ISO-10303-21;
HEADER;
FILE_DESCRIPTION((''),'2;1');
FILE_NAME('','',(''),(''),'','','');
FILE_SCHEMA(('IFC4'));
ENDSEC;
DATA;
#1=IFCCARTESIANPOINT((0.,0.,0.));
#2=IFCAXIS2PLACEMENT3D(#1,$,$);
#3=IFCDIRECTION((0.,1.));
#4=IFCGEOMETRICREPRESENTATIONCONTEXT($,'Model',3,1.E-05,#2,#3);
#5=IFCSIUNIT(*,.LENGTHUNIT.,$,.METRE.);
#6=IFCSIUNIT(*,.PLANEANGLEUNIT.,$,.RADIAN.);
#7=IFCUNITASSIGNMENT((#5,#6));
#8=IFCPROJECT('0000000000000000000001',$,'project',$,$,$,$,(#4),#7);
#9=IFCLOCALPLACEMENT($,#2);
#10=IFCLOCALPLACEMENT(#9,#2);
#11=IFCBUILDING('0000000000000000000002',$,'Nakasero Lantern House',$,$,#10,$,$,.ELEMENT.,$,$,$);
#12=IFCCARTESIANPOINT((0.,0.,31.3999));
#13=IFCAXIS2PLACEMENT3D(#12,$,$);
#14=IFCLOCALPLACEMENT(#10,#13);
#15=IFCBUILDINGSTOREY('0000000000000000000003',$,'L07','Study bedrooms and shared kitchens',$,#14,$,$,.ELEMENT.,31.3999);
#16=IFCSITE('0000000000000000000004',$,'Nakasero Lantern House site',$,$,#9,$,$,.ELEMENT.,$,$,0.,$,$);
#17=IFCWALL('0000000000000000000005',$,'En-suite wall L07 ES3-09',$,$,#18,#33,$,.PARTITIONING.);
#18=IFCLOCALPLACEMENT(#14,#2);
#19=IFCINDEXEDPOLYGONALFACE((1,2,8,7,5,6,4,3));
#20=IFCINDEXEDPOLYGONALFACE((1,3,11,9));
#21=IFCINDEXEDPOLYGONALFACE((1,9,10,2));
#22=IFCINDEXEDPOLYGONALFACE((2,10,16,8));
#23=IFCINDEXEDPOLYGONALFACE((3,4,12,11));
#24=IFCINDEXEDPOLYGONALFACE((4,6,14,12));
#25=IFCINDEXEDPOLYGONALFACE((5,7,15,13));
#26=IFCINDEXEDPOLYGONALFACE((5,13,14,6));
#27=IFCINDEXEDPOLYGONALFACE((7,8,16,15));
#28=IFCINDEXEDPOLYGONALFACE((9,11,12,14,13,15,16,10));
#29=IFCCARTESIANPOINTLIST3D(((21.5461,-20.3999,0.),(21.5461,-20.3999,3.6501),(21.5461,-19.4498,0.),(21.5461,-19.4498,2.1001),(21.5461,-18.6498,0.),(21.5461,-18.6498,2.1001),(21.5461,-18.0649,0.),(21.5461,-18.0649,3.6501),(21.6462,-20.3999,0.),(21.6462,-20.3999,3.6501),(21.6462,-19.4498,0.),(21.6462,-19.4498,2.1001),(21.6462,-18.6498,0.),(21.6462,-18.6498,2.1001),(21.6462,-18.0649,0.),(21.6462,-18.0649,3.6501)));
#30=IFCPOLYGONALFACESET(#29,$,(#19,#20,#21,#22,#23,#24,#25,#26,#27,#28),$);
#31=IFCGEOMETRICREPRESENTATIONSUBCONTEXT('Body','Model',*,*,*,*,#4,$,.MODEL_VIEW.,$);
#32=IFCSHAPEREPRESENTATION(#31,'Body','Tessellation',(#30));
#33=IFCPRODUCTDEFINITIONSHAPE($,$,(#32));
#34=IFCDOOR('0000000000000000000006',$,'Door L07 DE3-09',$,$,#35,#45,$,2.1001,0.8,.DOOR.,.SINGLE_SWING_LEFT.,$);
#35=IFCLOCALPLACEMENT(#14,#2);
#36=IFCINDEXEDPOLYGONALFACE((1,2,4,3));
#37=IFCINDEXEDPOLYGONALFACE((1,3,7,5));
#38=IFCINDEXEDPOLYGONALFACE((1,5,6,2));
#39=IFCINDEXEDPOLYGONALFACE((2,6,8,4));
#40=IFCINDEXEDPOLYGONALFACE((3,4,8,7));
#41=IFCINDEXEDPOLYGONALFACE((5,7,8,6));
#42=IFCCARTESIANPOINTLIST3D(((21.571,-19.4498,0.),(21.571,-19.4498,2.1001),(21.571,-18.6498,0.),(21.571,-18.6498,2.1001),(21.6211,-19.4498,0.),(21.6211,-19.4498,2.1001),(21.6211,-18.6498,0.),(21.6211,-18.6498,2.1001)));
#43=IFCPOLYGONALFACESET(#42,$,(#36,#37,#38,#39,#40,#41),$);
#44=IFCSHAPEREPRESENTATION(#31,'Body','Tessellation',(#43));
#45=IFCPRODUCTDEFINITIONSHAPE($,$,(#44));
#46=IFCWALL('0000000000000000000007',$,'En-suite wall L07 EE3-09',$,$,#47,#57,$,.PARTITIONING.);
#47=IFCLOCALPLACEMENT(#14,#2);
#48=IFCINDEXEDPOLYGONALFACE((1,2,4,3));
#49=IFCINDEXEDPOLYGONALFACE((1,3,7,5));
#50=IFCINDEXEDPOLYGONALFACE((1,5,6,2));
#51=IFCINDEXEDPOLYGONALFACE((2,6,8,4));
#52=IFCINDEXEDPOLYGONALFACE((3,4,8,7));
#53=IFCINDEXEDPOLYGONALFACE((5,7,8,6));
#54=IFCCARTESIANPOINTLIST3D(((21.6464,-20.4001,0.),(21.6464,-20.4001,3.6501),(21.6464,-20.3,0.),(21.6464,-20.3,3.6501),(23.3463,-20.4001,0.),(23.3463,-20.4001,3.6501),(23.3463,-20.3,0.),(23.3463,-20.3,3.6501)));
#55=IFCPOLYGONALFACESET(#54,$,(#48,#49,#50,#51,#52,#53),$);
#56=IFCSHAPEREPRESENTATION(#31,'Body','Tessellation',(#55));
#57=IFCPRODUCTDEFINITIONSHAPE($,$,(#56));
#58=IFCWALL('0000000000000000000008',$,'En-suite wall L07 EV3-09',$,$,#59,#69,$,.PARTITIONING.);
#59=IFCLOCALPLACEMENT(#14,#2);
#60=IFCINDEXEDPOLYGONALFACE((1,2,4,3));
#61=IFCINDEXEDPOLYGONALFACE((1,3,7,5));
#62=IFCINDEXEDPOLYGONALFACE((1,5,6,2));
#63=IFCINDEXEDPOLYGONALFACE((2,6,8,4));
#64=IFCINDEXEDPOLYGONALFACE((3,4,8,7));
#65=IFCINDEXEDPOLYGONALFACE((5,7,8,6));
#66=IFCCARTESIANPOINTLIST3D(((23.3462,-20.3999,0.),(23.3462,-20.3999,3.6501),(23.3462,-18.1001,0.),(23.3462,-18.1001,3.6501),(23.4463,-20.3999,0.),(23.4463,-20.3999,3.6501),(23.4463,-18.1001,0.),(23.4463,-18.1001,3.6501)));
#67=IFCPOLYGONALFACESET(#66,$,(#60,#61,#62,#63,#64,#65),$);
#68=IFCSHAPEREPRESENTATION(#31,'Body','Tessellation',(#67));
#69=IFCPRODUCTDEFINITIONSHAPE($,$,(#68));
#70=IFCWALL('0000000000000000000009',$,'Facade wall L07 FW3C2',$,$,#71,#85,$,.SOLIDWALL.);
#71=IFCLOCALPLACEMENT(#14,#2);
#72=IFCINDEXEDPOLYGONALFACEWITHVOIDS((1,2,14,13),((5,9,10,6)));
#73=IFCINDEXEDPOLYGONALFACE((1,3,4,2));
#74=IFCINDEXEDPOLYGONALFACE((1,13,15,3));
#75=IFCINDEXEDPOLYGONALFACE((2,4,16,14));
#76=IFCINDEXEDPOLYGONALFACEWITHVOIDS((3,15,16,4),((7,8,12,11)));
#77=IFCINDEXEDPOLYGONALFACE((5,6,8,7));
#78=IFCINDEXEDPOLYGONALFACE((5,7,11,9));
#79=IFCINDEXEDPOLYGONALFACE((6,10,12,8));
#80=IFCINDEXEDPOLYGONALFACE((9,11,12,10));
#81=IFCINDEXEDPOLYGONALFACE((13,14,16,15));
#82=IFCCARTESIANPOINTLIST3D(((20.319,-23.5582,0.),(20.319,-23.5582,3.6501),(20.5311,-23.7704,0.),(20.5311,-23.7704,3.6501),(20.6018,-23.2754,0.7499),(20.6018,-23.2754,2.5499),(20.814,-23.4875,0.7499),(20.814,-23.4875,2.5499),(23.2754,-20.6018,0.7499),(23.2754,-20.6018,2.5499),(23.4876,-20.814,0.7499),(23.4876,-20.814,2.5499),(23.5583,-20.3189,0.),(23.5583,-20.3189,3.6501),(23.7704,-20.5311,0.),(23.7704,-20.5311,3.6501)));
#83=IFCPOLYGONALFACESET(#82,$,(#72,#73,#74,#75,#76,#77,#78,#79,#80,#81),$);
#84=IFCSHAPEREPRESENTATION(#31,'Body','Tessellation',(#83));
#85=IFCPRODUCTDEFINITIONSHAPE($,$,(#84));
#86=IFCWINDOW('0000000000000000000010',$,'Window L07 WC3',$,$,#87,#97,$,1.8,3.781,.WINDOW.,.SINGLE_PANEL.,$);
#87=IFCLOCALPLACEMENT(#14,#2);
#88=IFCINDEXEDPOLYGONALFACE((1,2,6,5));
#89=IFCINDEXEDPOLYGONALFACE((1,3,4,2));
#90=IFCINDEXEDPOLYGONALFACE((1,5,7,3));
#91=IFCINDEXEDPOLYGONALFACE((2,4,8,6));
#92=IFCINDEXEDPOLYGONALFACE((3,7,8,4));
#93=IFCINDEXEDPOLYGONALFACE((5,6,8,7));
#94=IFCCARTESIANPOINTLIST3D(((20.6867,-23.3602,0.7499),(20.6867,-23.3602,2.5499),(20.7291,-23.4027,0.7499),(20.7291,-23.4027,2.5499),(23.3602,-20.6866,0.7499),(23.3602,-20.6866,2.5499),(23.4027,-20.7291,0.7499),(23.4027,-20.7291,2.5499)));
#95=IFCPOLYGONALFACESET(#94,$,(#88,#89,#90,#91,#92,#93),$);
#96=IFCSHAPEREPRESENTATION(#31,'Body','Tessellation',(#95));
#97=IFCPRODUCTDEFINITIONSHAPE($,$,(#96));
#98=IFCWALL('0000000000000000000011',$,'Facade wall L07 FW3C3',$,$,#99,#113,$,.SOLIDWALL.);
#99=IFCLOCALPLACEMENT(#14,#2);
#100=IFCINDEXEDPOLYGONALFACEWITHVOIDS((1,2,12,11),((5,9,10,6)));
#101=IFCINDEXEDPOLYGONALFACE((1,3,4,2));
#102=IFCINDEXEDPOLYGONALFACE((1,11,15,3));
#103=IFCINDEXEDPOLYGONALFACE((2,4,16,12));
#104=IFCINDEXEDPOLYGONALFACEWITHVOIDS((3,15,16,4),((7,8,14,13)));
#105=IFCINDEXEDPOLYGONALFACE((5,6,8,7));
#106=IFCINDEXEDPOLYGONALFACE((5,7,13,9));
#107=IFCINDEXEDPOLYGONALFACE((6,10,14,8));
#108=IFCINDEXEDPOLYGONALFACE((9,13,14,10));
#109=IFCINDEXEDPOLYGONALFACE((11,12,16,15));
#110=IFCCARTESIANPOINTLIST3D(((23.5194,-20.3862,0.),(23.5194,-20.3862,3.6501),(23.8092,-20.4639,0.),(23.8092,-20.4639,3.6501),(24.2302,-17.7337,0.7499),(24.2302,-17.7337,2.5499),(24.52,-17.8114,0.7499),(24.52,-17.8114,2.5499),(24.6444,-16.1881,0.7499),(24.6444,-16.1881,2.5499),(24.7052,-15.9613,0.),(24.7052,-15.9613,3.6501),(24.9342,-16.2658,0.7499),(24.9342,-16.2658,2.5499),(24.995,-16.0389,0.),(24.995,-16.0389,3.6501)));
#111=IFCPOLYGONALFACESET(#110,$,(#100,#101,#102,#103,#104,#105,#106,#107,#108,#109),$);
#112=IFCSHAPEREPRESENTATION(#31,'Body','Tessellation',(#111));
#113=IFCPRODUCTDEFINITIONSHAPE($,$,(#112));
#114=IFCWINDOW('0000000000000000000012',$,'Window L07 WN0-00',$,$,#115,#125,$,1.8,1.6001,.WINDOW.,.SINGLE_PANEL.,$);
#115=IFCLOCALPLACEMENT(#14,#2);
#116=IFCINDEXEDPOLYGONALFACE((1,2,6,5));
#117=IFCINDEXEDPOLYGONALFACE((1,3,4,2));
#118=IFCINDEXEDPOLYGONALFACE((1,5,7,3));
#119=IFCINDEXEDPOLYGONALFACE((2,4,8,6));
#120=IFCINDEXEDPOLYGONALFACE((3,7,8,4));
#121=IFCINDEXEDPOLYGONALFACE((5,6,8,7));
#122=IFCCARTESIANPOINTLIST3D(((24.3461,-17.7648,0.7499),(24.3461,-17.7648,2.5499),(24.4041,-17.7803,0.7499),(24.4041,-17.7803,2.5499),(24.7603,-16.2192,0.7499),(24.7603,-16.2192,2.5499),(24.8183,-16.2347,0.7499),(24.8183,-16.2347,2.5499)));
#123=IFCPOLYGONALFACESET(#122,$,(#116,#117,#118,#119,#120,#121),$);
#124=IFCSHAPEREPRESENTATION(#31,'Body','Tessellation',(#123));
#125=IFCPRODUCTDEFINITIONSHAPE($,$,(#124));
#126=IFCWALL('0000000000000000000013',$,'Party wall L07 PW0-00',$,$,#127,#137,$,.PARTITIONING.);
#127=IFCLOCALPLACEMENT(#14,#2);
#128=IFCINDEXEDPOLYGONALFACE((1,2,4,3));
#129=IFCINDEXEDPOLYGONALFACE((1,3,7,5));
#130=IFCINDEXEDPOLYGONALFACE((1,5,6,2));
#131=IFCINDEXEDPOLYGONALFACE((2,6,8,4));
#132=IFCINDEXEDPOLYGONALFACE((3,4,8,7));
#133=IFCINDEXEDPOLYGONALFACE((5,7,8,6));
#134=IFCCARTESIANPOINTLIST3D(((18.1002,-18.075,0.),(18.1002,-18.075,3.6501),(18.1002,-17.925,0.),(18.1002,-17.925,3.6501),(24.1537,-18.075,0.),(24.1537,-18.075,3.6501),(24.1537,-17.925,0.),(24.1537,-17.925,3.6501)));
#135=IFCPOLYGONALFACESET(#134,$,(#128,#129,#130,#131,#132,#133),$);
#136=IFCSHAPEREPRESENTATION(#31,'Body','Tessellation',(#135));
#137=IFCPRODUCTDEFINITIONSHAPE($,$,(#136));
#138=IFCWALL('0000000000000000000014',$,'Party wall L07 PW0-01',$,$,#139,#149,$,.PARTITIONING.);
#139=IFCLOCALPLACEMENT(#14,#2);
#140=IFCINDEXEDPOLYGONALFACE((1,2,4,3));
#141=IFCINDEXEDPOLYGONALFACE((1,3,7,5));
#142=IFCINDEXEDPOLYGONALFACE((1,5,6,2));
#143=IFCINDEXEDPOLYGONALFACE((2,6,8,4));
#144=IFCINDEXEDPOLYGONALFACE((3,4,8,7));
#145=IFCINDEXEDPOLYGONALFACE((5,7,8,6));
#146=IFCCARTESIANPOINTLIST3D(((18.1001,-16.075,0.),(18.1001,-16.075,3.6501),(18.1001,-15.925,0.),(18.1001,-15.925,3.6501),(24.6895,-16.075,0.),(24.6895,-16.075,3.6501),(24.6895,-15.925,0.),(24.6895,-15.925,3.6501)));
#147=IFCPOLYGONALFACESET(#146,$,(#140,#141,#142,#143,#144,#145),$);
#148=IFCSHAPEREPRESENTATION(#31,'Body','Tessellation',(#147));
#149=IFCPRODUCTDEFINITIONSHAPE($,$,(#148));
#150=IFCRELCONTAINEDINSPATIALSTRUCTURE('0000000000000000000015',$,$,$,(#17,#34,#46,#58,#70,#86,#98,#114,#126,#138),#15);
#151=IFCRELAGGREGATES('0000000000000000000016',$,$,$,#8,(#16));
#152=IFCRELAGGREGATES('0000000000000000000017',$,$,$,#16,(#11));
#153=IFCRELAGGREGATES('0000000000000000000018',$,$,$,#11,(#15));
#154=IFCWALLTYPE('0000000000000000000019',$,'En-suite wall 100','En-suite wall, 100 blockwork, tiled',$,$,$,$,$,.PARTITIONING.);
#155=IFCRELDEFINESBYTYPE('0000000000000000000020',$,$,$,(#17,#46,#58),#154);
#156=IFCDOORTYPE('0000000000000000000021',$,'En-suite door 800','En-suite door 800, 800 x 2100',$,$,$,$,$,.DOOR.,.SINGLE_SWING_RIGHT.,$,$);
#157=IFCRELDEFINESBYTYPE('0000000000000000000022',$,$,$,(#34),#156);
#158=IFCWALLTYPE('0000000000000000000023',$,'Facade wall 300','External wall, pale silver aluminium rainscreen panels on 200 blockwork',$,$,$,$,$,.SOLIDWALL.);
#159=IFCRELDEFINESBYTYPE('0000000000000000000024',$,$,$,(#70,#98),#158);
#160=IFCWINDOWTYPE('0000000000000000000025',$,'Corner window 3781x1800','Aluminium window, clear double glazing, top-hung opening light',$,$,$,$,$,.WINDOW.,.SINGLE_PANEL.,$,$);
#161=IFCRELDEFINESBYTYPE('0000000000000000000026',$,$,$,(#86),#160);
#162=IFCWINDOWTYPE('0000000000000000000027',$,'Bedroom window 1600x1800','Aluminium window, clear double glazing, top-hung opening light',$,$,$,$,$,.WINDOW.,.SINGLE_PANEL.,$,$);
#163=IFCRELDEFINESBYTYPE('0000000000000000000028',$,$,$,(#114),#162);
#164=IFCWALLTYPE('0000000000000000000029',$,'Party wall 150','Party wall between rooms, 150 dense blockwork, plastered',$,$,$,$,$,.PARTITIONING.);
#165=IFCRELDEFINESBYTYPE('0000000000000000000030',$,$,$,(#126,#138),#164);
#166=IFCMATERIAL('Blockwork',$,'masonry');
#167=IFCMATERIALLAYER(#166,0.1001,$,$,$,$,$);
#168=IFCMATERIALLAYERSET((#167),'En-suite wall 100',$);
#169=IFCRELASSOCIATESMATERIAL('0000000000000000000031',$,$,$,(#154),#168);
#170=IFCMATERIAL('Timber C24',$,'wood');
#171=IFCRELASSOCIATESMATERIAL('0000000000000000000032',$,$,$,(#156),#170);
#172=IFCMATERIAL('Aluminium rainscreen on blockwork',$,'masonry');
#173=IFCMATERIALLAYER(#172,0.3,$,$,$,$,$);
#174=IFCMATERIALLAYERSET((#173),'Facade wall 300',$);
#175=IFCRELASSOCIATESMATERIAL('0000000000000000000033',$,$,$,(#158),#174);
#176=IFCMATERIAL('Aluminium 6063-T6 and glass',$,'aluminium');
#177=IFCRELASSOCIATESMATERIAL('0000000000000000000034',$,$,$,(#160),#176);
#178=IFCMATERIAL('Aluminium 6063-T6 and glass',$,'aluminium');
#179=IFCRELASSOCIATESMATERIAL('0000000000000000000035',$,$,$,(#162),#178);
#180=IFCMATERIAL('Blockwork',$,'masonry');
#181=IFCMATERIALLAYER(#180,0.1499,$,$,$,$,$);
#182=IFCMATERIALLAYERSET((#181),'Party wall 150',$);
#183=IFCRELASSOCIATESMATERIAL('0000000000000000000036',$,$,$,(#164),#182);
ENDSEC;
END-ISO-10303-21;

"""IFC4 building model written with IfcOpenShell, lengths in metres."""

from ifc_helpers import new_model, si_unit, direction, frame, frame_2d, origin, place, context, subcontext, project, spatial, rectangle, extrude, material, layer, layer_set, type_object, element, fill, save


model = new_model("IFC4")

# Units and contexts
model_context = context("Model", 3, precision=1e-05, world=origin(), true_north=direction((0.0, 1.0)))
body_context = subcontext(model_context, "Body", "Model", "MODEL_VIEW")
ifc_project = project(units=[si_unit("LENGTHUNIT", "METRE"), si_unit("PLANEANGLEUNIT", "RADIAN")], contexts=[model_context])

# Site, building, storey
site_placement = place(None, origin())
site = spatial("IfcSite", under=ifc_project, at=site_placement, Name="Nakasero Lantern House site", CompositionType="ELEMENT", RefElevation=0.0)
building_placement = place(site_placement, origin())
building = spatial("IfcBuilding", under=site, at=building_placement, Name="Nakasero Lantern House", CompositionType="ELEMENT")
storey_placement = place(building_placement, frame((0.0, 0.0, 31.3999)))
storey = spatial("IfcBuildingStorey", under=building, at=storey_placement, Name="L07", Description="Study bedrooms and shared kitchens", CompositionType="ELEMENT", Elevation=31.3999)

# Wall, opening, door
ifc_material_1 = material(Name="Blockwork", Category="masonry")
ifc_layer_1 = layer(ifc_material_1, 0.1001)
ifc_layer_set_1 = layer_set([ifc_layer_1], Name="En-suite wall 100")
wall_type_1 = type_object("IfcWallType", Name="En-suite wall 100", Description="En-suite wall, 100 blockwork, tiled", PredefinedType="PARTITIONING", material=ifc_layer_set_1)
wall_1_placement = place(storey_placement, frame((21.5962, -18.0649, 0.0), z_axis=(0.0, 0.0, 1.0), x_axis=(0.0, -1.0, 0.0)))
wall_1 = element("IfcWall", 1, at=wall_1_placement, inside=storey, type_object=wall_type_1, Name="En-suite wall L07 ES3-09", PredefinedType="PARTITIONING", context=body_context, shape_type="SweptSolid", body=[
    extrude(rectangle(XDim=2.335, YDim=0.1001, at=frame_2d((1.1675, 0.0))), origin(), (0.0, 0.0, 1.0), 3.6501),
])
opening_1_placement = place(wall_1_placement, frame((0.585, 0.0, 0.0)))
opening_1 = element("IfcOpeningElement", 2, at=opening_1_placement, cuts=wall_1, PredefinedType="OPENING", context=body_context, shape_type="SweptSolid", body=[
    extrude(rectangle(XDim=0.8, YDim=2.1001, at=frame_2d((0.3999, 1.05))), frame((0.0, 0.0701, 0.0), z_axis=(0.0, -1.0, 0.0), x_axis=(1.0, 0.0, 0.0)), (0.0, 0.0, 1.0), 0.1401),
])
ifc_material_2 = material(Name="Timber C24", Category="wood")
door_type_1 = type_object("IfcDoorType", Name="En-suite door 800", Description="En-suite door 800, 800 x 2100", OperationType="SINGLE_SWING_RIGHT", PredefinedType="DOOR", material=ifc_material_2)
door_1_placement = place(opening_1_placement, origin())
door_1 = element("IfcDoor", 3, at=door_1_placement, inside=storey, type_object=door_type_1, Name="Door L07 DE3-09", OperationType="SINGLE_SWING_LEFT", OverallHeight=2.1001, OverallWidth=0.8, PredefinedType="DOOR", context=body_context, shape_type="SweptSolid", body=[
    extrude(rectangle(XDim=0.8, YDim=2.1001, at=frame_2d((0.3999, 1.05))), frame((0.0, 0.0249, 0.0), z_axis=(0.0, -1.0, 0.0), x_axis=(1.0, 0.0, 0.0)), (0.0, 0.0, 1.0), 0.05),
])
fill(opening_1, door_1)

# Walls
wall_2_placement = place(storey_placement, frame((21.6462, -20.3501, 0.0), z_axis=(0.0, 0.0, 1.0), x_axis=(1.0, 0.0, 0.0)))
element("IfcWall", 4, at=wall_2_placement, inside=storey, type_object=wall_type_1, Name="En-suite wall L07 EE3-09", PredefinedType="PARTITIONING", context=body_context, shape_type="SweptSolid", body=[
    extrude(rectangle(XDim=1.7, YDim=0.1001, at=frame_2d((0.8501, 0.0))), origin(), (0.0, 0.0, 1.0), 3.6501),
])
wall_3_placement = place(storey_placement, frame((23.3962, -18.1001, 0.0), z_axis=(0.0, 0.0, 1.0), x_axis=(0.0, -1.0, 0.0)))
element("IfcWall", 5, at=wall_3_placement, inside=storey, type_object=wall_type_1, Name="En-suite wall L07 EV3-09", PredefinedType="PARTITIONING", context=body_context, shape_type="SweptSolid", body=[
    extrude(rectangle(XDim=2.2998, YDim=0.1001, at=frame_2d((1.1499, 0.0))), origin(), (0.0, 0.0, 1.0), 3.6501),
])

# Walls, openings, windows
ifc_material_3 = material(Name="Aluminium rainscreen on blockwork", Category="masonry")
ifc_layer_2 = layer(ifc_material_3, 0.3)
ifc_layer_set_2 = layer_set([ifc_layer_2], Name="Facade wall 300")
wall_type_2 = type_object("IfcWallType", Name="Facade wall 300", Description="External wall, pale silver aluminium rainscreen panels on 200 blockwork", PredefinedType="SOLIDWALL", material=ifc_layer_set_2)
wall_4_placement = place(storey_placement, frame((20.425, -23.6643, 0.0), z_axis=(0.0, 0.0, 1.0), x_axis=(0.707107, 0.707107, 0.0)))
wall_4 = element("IfcWall", 6, at=wall_4_placement, inside=storey, type_object=wall_type_2, Name="Facade wall L07 FW3C2", PredefinedType="SOLIDWALL", context=body_context, shape_type="SweptSolid", body=[
    extrude(rectangle(XDim=4.5811, YDim=0.3, at=frame_2d((2.2905, 0.0))), origin(), (0.0, 0.0, 1.0), 3.6501),
])
opening_2_placement = place(wall_4_placement, frame((0.3999, 0.0, 0.75)))
opening_2 = element("IfcOpeningElement", 7, at=opening_2_placement, cuts=wall_4, PredefinedType="OPENING", context=body_context, shape_type="SweptSolid", body=[
    extrude(rectangle(XDim=3.781, YDim=1.8, at=frame_2d((1.8906, 0.8999))), frame((0.0, 0.1699, 0.0), z_axis=(0.0, -1.0, 0.0), x_axis=(1.0, 0.0, 0.0)), (0.0, 0.0, 1.0), 0.3401),
])
ifc_material_4 = material(Name="Aluminium 6063-T6 and glass", Category="aluminium")
window_type_1 = type_object("IfcWindowType", Name="Corner window 3781x1800", Description="Aluminium window, clear double glazing, top-hung opening light", PartitioningType="SINGLE_PANEL", PredefinedType="WINDOW", material=ifc_material_4)
window_1_placement = place(opening_2_placement, origin())
window_1 = element("IfcWindow", 8, at=window_1_placement, inside=storey, type_object=window_type_1, Name="Window L07 WC3", OverallHeight=1.8, OverallWidth=3.781, PartitioningType="SINGLE_PANEL", PredefinedType="WINDOW", context=body_context, shape_type="SweptSolid", body=[
    extrude(rectangle(XDim=3.781, YDim=1.8, at=frame_2d((1.8906, 0.8999))), frame((0.0, 0.03, 0.0), z_axis=(0.0, -1.0, 0.0), x_axis=(1.0, 0.0, 0.0)), (0.0, 0.0, 1.0), 0.0601),
])
fill(opening_2, window_1)
wall_5_placement = place(storey_placement, frame((23.6643, -20.425, 0.0), z_axis=(0.0, 0.0, 1.0), x_axis=(0.25884, 0.96592, 0.0)))
wall_5 = element("IfcWall", 9, at=wall_5_placement, inside=storey, type_object=wall_type_2, Name="Facade wall L07 FW3C3", PredefinedType="SOLIDWALL", context=body_context, shape_type="SweptSolid", body=[
    extrude(rectangle(XDim=4.5811, YDim=0.3, at=frame_2d((2.2905, 0.0))), origin(), (0.0, 0.0, 1.0), 3.6501),
])
opening_3_placement = place(wall_5_placement, frame((2.7461, 0.0, 0.75)))
opening_3 = element("IfcOpeningElement", 10, at=opening_3_placement, cuts=wall_5, PredefinedType="OPENING", context=body_context, shape_type="SweptSolid", body=[
    extrude(rectangle(XDim=1.6001, YDim=1.8, at=frame_2d((0.8, 0.8999))), frame((0.0, 0.1699, 0.0), z_axis=(0.0, -1.0, 0.0), x_axis=(1.0, 0.0, 0.0)), (0.0, 0.0, 1.0), 0.3401),
])
ifc_material_5 = material(Name="Aluminium 6063-T6 and glass", Category="aluminium")
window_type_2 = type_object("IfcWindowType", Name="Bedroom window 1600x1800", Description="Aluminium window, clear double glazing, top-hung opening light", PartitioningType="SINGLE_PANEL", PredefinedType="WINDOW", material=ifc_material_5)
window_2_placement = place(opening_3_placement, origin())
window_2 = element("IfcWindow", 11, at=window_2_placement, inside=storey, type_object=window_type_2, Name="Window L07 WN0-00", OverallHeight=1.8, OverallWidth=1.6001, PartitioningType="SINGLE_PANEL", PredefinedType="WINDOW", context=body_context, shape_type="SweptSolid", body=[
    extrude(rectangle(XDim=1.6001, YDim=1.8, at=frame_2d((0.8, 0.8999))), frame((0.0, 0.03, 0.0), z_axis=(0.0, -1.0, 0.0), x_axis=(1.0, 0.0, 0.0)), (0.0, 0.0, 1.0), 0.0601),
])
fill(opening_3, window_2)

# Walls
ifc_material_6 = material(Name="Blockwork", Category="masonry")
ifc_layer_3 = layer(ifc_material_6, 0.1499)
ifc_layer_set_3 = layer_set([ifc_layer_3], Name="Party wall 150")
wall_type_3 = type_object("IfcWallType", Name="Party wall 150", Description="Party wall between rooms, 150 dense blockwork, plastered", PredefinedType="PARTITIONING", material=ifc_layer_set_3)
wall_6_placement = place(storey_placement, frame((18.1001, -18.0, 0.0), z_axis=(0.0, 0.0, 1.0), x_axis=(1.0, 0.0, 0.0)))
element("IfcWall", 12, at=wall_6_placement, inside=storey, type_object=wall_type_3, Name="Party wall L07 PW0-00", PredefinedType="PARTITIONING", context=body_context, shape_type="SweptSolid", body=[
    extrude(rectangle(XDim=6.0535, YDim=0.1499, at=frame_2d((3.0269, 0.0))), origin(), (0.0, 0.0, 1.0), 3.6501),
])
wall_7_placement = place(storey_placement, frame((18.1001, -16.0, 0.0), z_axis=(0.0, 0.0, 1.0), x_axis=(1.0, 0.0, 0.0)))
element("IfcWall", 13, at=wall_7_placement, inside=storey, type_object=wall_type_3, Name="Party wall L07 PW0-01", PredefinedType="PARTITIONING", context=body_context, shape_type="SweptSolid", body=[
    extrude(rectangle(XDim=6.5894, YDim=0.1499, at=frame_2d((3.2947, 0.0))), origin(), (0.0, 0.0, 1.0), 3.6501),
])

save(model, "model.ifc")
